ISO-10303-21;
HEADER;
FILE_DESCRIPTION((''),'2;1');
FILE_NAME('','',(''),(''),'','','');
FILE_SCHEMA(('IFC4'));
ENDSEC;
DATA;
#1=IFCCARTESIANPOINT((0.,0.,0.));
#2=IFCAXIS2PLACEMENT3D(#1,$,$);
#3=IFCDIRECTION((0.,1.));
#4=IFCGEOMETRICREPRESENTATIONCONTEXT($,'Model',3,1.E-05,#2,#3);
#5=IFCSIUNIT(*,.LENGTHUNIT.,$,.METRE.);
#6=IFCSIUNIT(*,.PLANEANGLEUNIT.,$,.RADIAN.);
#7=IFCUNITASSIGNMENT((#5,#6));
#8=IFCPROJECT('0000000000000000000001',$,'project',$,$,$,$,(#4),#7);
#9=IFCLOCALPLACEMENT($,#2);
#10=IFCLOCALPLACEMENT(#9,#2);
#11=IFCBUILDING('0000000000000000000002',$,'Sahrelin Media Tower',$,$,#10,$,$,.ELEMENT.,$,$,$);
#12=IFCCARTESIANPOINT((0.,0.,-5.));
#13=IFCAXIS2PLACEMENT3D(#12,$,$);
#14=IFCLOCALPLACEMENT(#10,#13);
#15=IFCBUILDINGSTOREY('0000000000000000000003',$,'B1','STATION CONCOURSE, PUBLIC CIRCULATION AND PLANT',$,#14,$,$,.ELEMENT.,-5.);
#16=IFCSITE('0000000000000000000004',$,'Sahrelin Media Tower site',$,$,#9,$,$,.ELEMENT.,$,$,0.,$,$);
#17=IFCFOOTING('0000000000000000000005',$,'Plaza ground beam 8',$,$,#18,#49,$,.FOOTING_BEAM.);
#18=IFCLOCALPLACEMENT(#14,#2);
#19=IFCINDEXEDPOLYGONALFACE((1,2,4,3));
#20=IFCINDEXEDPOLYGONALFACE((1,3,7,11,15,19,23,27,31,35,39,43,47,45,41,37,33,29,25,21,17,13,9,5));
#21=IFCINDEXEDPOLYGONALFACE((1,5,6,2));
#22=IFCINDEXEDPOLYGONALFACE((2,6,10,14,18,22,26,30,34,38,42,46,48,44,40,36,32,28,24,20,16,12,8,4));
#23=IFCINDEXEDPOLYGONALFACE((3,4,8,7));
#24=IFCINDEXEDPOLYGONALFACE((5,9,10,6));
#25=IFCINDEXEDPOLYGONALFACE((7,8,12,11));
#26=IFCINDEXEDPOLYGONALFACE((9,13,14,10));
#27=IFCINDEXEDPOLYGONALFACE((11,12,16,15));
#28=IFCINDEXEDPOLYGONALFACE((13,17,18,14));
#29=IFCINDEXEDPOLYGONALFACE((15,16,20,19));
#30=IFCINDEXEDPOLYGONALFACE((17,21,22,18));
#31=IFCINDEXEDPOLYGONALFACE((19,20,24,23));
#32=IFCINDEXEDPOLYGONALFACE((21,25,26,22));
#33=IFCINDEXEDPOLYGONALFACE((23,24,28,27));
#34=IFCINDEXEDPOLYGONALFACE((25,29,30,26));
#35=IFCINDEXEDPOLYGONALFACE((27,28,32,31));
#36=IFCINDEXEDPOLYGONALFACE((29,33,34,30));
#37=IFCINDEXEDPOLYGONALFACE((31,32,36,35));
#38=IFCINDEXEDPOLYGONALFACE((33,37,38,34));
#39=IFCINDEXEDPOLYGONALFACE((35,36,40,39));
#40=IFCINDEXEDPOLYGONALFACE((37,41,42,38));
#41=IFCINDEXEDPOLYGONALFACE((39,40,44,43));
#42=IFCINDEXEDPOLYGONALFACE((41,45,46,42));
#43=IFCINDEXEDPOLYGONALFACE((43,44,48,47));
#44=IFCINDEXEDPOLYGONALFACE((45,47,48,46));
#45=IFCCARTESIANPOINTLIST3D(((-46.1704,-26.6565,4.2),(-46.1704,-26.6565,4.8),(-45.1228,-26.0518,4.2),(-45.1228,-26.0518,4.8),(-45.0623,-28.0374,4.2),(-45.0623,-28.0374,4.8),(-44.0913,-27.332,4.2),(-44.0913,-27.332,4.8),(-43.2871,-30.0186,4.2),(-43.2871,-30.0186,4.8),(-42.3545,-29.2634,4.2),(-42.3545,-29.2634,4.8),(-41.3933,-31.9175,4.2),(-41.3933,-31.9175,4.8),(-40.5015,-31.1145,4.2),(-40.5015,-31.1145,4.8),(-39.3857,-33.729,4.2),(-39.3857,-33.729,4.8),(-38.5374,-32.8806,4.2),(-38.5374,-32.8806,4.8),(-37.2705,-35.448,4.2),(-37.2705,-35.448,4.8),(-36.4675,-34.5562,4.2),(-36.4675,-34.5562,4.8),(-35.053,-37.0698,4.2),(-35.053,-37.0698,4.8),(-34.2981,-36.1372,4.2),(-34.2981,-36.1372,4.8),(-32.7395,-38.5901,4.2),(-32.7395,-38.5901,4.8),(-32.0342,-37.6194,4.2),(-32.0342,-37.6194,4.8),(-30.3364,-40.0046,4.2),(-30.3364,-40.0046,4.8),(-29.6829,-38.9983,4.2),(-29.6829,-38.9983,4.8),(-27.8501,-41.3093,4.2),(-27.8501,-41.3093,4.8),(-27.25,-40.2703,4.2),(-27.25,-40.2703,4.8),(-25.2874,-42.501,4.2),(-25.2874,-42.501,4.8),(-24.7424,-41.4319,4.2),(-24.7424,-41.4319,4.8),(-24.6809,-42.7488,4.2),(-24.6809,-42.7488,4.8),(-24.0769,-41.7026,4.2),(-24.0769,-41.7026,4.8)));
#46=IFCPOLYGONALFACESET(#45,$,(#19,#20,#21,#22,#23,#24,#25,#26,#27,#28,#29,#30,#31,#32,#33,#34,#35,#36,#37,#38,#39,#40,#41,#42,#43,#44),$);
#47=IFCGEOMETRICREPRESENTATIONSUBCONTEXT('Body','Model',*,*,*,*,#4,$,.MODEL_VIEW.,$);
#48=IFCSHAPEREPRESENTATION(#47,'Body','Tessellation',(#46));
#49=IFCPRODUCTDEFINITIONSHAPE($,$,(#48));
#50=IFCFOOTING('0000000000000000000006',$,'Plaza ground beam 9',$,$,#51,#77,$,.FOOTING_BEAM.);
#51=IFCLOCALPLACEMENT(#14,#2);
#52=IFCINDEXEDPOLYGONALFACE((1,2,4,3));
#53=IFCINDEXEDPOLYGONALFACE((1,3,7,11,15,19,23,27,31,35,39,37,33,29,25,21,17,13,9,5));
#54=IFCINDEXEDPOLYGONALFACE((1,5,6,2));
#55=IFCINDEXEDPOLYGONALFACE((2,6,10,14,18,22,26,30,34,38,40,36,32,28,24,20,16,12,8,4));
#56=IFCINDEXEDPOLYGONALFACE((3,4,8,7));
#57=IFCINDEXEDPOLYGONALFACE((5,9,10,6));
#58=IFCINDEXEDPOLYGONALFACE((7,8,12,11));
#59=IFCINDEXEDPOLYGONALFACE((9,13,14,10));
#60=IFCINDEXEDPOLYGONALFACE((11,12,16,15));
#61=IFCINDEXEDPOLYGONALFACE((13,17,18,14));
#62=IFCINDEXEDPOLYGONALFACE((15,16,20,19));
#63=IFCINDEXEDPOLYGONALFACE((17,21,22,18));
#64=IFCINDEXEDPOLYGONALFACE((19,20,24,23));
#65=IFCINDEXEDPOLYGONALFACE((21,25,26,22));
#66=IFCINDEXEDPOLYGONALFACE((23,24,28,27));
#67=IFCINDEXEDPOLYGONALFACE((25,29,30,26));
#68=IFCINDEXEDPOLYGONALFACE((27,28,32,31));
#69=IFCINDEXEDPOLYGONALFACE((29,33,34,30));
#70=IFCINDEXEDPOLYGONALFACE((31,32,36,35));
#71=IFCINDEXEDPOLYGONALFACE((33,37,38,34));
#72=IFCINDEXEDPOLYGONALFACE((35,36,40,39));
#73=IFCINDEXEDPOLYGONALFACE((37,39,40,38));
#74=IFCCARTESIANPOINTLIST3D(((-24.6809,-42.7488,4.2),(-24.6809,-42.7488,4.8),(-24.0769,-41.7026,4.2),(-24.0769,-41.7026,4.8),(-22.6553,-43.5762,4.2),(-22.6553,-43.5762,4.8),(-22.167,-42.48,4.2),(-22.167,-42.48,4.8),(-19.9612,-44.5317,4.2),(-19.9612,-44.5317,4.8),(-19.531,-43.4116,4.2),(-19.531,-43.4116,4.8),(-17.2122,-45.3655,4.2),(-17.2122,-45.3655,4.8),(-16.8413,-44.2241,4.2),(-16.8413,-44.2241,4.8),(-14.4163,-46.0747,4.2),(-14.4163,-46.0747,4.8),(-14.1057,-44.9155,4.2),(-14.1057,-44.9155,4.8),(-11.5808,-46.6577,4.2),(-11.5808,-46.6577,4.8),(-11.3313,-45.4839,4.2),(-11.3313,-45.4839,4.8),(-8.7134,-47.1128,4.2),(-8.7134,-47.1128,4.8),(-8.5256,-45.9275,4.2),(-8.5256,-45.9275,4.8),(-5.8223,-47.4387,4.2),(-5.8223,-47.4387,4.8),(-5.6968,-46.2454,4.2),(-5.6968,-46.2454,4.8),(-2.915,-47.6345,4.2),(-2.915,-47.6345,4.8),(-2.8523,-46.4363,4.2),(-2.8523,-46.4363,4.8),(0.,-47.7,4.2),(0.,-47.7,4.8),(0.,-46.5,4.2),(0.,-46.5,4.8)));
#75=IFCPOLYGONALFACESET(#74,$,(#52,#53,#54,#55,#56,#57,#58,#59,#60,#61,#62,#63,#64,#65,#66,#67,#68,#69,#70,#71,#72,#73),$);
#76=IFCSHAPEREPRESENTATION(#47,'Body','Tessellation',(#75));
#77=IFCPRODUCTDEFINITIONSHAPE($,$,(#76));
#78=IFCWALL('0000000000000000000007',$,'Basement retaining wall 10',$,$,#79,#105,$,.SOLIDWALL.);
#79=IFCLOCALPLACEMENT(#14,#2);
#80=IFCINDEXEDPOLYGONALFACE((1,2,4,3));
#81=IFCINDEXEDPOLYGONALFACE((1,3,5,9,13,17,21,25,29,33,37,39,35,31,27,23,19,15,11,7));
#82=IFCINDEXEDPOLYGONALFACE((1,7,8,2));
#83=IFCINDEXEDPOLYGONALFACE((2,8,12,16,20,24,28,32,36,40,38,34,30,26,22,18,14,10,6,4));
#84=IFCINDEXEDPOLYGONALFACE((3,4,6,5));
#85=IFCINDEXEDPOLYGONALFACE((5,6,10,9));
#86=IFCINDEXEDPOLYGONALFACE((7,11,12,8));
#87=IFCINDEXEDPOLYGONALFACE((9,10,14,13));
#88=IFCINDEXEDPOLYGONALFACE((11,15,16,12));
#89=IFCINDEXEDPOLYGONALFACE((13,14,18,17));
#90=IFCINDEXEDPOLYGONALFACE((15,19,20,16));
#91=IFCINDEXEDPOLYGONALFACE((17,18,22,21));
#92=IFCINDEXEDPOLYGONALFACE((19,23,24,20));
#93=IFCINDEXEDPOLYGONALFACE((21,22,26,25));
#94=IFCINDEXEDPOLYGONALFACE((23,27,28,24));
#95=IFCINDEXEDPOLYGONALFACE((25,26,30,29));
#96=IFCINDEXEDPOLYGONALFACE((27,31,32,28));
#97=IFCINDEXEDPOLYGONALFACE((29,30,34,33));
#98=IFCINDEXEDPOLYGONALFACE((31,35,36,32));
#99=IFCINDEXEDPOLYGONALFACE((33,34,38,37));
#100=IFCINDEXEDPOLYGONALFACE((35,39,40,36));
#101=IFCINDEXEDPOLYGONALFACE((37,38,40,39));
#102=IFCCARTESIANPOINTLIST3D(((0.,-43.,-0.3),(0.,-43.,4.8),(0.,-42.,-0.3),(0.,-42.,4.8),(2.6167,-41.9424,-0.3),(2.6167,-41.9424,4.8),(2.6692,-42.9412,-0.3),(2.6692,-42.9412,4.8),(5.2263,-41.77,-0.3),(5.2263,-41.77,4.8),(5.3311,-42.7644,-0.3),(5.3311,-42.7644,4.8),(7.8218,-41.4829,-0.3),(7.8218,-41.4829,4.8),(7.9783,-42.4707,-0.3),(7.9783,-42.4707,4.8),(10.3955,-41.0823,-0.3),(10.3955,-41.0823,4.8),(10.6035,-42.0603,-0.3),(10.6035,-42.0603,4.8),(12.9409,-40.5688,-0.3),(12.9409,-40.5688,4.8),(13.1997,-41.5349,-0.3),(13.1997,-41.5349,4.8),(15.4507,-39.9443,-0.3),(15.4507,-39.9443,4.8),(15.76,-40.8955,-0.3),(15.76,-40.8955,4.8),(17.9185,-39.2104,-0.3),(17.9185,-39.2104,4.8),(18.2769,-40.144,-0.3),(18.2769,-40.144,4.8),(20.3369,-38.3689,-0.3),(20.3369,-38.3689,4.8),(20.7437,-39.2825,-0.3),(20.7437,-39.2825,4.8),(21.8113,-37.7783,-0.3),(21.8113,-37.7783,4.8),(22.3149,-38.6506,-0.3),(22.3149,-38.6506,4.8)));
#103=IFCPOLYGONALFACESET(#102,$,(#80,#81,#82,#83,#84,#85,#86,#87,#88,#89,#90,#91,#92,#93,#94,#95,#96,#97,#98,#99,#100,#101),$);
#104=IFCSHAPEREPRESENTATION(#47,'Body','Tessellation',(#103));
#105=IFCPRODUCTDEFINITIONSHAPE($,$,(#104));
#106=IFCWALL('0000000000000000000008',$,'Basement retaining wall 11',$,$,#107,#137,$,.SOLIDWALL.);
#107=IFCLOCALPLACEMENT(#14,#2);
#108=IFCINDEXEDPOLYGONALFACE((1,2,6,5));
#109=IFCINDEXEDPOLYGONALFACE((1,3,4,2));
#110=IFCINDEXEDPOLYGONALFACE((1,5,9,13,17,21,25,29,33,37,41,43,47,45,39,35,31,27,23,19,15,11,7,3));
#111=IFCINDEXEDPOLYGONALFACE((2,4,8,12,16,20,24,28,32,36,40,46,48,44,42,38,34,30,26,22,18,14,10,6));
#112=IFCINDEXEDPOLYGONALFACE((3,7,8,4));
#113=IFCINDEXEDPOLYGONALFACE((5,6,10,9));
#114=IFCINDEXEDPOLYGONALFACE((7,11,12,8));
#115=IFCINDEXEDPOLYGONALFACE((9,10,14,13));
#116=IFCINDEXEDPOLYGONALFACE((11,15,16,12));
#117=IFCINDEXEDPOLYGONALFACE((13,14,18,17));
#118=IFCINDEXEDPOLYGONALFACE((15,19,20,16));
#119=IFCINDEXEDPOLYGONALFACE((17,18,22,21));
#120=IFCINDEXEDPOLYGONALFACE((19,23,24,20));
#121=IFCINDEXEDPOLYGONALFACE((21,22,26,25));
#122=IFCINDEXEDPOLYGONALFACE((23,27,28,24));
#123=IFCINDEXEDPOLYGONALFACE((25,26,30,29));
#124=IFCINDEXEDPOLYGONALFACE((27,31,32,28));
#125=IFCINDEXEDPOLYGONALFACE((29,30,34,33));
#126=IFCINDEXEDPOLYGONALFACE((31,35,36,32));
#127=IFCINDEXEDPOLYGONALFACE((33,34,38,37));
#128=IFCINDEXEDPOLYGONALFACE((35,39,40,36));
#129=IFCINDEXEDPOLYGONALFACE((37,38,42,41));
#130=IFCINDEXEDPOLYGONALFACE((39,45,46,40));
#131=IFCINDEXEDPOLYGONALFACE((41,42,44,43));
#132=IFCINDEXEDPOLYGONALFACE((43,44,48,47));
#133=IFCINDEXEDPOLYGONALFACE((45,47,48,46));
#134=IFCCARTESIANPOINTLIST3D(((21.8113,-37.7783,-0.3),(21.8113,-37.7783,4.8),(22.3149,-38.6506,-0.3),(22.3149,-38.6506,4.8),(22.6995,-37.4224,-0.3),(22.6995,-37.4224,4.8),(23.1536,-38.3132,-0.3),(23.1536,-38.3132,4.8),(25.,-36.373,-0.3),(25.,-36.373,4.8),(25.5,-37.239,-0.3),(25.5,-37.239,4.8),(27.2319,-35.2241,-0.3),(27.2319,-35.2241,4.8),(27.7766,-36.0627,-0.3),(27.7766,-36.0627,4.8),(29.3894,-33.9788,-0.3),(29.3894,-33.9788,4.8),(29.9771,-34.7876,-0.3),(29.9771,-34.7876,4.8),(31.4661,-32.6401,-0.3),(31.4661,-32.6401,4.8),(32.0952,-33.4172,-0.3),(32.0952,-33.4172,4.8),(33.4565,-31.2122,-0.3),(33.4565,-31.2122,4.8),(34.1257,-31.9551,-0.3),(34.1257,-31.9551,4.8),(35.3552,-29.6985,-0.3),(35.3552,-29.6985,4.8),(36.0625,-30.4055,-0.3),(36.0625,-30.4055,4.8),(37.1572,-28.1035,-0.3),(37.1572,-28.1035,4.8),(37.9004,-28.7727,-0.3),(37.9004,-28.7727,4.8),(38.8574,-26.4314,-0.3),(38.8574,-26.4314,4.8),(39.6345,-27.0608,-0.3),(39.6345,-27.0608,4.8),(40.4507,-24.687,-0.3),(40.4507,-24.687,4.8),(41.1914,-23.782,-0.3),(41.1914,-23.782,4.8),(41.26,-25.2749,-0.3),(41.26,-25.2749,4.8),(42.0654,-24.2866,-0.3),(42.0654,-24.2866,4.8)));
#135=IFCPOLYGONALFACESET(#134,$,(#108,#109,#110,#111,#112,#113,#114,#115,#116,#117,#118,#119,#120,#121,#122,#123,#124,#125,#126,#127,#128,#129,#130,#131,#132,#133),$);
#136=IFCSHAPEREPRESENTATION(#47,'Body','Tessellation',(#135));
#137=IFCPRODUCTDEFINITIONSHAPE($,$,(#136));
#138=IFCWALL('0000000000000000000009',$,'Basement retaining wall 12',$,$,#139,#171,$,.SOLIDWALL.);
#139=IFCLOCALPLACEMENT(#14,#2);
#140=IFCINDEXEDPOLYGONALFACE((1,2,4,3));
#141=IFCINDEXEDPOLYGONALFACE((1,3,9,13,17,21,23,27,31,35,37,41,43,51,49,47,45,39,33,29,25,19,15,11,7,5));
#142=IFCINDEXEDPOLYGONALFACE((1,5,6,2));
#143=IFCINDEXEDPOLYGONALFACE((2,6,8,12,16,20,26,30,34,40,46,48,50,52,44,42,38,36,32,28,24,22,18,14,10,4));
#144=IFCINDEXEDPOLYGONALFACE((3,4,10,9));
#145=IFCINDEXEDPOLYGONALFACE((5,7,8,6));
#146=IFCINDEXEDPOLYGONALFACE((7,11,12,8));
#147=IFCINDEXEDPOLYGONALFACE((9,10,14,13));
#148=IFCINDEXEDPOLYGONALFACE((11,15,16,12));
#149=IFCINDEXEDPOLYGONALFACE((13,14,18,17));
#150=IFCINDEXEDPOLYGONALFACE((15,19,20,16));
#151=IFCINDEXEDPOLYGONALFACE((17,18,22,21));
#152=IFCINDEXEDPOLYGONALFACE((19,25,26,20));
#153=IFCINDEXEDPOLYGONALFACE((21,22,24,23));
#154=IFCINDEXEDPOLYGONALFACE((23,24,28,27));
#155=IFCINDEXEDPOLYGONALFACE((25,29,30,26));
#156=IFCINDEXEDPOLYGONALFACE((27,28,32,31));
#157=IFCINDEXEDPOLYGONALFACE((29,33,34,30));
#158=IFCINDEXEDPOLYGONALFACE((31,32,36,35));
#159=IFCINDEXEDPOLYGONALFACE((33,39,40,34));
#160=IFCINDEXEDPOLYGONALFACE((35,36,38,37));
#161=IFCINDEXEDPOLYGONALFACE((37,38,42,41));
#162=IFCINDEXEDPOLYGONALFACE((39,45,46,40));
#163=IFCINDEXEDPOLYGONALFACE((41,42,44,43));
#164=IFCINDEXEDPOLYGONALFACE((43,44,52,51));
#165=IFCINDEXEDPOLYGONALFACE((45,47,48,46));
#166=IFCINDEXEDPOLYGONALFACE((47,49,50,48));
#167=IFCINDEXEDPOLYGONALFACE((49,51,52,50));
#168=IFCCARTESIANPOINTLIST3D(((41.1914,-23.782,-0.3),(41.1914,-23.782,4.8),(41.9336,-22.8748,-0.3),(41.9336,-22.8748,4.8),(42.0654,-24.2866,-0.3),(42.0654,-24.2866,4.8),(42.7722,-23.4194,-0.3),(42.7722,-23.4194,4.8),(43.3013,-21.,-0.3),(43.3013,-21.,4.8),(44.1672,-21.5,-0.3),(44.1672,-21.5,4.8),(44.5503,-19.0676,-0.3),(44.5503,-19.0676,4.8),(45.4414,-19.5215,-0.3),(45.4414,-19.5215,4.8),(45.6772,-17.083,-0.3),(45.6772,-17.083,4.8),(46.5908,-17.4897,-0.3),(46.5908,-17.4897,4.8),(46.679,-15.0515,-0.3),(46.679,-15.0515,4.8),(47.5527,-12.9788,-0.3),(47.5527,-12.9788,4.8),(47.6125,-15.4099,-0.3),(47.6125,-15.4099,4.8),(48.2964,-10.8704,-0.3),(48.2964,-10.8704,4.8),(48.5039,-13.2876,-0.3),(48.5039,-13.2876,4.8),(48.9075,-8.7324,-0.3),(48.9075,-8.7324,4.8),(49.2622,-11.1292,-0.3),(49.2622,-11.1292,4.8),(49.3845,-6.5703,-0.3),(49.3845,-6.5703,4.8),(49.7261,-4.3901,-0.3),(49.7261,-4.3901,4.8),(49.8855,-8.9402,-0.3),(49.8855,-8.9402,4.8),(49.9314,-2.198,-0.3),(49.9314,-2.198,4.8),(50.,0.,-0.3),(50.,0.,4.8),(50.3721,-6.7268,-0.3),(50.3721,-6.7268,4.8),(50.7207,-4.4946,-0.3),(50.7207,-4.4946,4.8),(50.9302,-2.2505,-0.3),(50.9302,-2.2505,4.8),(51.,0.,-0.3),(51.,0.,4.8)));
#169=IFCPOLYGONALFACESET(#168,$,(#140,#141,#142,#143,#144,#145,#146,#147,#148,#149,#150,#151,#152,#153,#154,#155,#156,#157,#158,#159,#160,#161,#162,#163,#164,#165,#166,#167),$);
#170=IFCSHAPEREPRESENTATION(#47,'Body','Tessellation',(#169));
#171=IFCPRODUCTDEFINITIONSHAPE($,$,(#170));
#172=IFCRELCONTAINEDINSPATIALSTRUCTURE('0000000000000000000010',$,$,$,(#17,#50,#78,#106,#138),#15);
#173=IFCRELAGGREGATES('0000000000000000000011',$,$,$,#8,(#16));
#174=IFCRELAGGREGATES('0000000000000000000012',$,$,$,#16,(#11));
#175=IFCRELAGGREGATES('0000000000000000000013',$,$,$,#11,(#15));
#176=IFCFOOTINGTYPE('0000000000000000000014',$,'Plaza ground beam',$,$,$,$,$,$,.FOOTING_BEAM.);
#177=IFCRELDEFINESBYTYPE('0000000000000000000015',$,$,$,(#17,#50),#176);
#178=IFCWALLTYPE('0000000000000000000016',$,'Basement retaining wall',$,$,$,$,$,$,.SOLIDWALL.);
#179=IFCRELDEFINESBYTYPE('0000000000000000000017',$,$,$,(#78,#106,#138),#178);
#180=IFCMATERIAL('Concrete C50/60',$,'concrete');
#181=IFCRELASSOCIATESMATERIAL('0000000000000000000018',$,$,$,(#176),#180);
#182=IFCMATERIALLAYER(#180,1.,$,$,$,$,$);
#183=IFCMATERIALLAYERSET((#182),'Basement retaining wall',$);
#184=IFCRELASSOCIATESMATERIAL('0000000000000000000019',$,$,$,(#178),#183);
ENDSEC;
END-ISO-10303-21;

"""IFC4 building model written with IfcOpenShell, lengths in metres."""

from ifc_helpers import new_model, si_unit, direction, frame, origin, place, context, subcontext, project, spatial, polyline, outline, extrude, material, layer, layer_set, type_object, element, save


model = new_model("IFC4")

# Units and contexts
model_context = context("Model", 3, precision=1e-05, world=origin(), true_north=direction((0.0, 1.0)))
body_context = subcontext(model_context, "Body", "Model", "MODEL_VIEW")
ifc_project = project(units=[si_unit("LENGTHUNIT", "METRE"), si_unit("PLANEANGLEUNIT", "RADIAN")], contexts=[model_context])

# Site, building, storey
site_placement = place(None, origin())
site = spatial("IfcSite", under=ifc_project, at=site_placement, Name="Sahrelin Media Tower site", CompositionType="ELEMENT", RefElevation=0.0)
building_placement = place(site_placement, origin())
building = spatial("IfcBuilding", under=site, at=building_placement, Name="Sahrelin Media Tower", CompositionType="ELEMENT")
storey_placement = place(building_placement, frame((0.0, 0.0, -5.0)))
storey = spatial("IfcBuildingStorey", under=building, at=storey_placement, Name="B1", Description="STATION CONCOURSE, PUBLIC CIRCULATION AND PLANT", CompositionType="ELEMENT", Elevation=-5.0)

# Footings
ifc_material_1 = material(Name="Concrete C50/60", Category="concrete")
footing_type = type_object("IfcFootingType", Name="Plaza ground beam", PredefinedType="FOOTING_BEAM", material=ifc_material_1)
placement_1 = place(storey_placement, frame((0.0, 0.0, 4.2)))
element("IfcFooting", 1, at=placement_1, inside=storey, type_object=footing_type, Name="Plaza ground beam 8", PredefinedType="FOOTING_BEAM", context=body_context, shape_type="SweptSolid", body=[
    extrude(outline(polyline([(-24.6809, -42.7488), (-24.0769, -41.7026), (-24.7424, -41.4319), (-27.25, -40.2703), (-29.6829, -38.9983), (-32.0342, -37.6194), (-34.2981, -36.1372), (-36.4675, -34.5562), (-38.5374, -32.8806), (-40.5015, -31.1145), (-42.3545, -29.2634), (-44.0913, -27.332), (-45.1228, -26.0518), (-46.1704, -26.6565), (-45.0623, -28.0374), (-43.2871, -30.0186), (-41.3933, -31.9175), (-39.3857, -33.729), (-37.2705, -35.448), (-35.053, -37.0698), (-32.7395, -38.5901), (-30.3364, -40.0046), (-27.8501, -41.3093), (-25.2874, -42.501), (-24.6809, -42.7488)])), origin(), (0.0, 0.0, 1.0), 0.6001),
])
element("IfcFooting", 2, at=placement_1, inside=storey, type_object=footing_type, Name="Plaza ground beam 9", PredefinedType="FOOTING_BEAM", context=body_context, shape_type="SweptSolid", body=[
    extrude(outline(polyline([(0.0, -47.7), (0.0, -46.5), (0.0, -46.5), (-2.8523, -46.4363), (-5.6968, -46.2454), (-8.5256, -45.9275), (-11.3313, -45.4839), (-14.1057, -44.9155), (-16.8413, -44.2241), (-19.531, -43.4116), (-22.167, -42.48), (-24.0769, -41.7026), (-24.6809, -42.7488), (-22.6553, -43.5762), (-19.9612, -44.5317), (-17.2122, -45.3655), (-14.4163, -46.0747), (-11.5808, -46.6577), (-8.7134, -47.1128), (-5.8223, -47.4387), (-2.915, -47.6345), (0.0, -47.7), (0.0, -47.7)])), origin(), (0.0, 0.0, 1.0), 0.6001),
])

# Walls
ifc_layer_1 = layer(ifc_material_1, 1.0)
ifc_layer_set_1 = layer_set([ifc_layer_1], Name="Basement retaining wall")
wall_type_1 = type_object("IfcWallType", Name="Basement retaining wall", PredefinedType="SOLIDWALL", material=ifc_layer_set_1)
placement_2 = place(storey_placement, frame((0.0, 0.0, -0.3)))
element("IfcWall", 3, at=placement_2, inside=storey, type_object=wall_type_1, Name="Basement retaining wall 10", PredefinedType="SOLIDWALL", context=body_context, shape_type="SweptSolid", body=[
    extrude(outline(polyline([(22.3149, -38.6506), (21.8113, -37.7783), (20.3369, -38.3689), (17.9185, -39.2104), (15.4507, -39.9443), (12.9409, -40.5688), (10.3955, -41.0823), (7.8218, -41.4829), (5.2263, -41.77), (2.6167, -41.9424), (0.0, -42.0), (0.0, -42.0), (0.0, -43.0), (0.0, -43.0), (2.6692, -42.9412), (5.3311, -42.7644), (7.9783, -42.4707), (10.6035, -42.0603), (13.1997, -41.5349), (15.76, -40.8955), (18.2769, -40.144), (20.7437, -39.2825), (22.3149, -38.6506)])), origin(), (0.0, 0.0, 1.0), 5.1001),
])
element("IfcWall", 4, at=placement_2, inside=storey, type_object=wall_type_1, Name="Basement retaining wall 11", PredefinedType="SOLIDWALL", context=body_context, shape_type="SweptSolid", body=[
    extrude(outline(polyline([(42.0654, -24.2866), (41.1914, -23.782), (40.4507, -24.687), (38.8574, -26.4314), (37.1572, -28.1035), (35.3552, -29.6985), (33.4565, -31.2122), (31.4661, -32.6401), (29.3894, -33.9788), (27.2319, -35.2241), (25.0, -36.373), (22.6995, -37.4224), (21.8113, -37.7783), (22.3149, -38.6506), (23.1536, -38.3132), (25.5, -37.239), (27.7766, -36.0627), (29.9771, -34.7876), (32.0952, -33.4172), (34.1257, -31.9551), (36.0625, -30.4055), (37.9004, -28.7727), (39.6345, -27.0608), (41.26, -25.2749), (42.0654, -24.2866)])), origin(), (0.0, 0.0, 1.0), 5.1001),
])
element("IfcWall", 5, at=placement_2, inside=storey, type_object=wall_type_1, Name="Basement retaining wall 12", PredefinedType="SOLIDWALL", context=body_context, shape_type="SweptSolid", body=[
    extrude(outline(polyline([(50.9302, -2.2505), (51.0, 0.0), (50.0, 0.0), (49.9314, -2.198), (49.7261, -4.3901), (49.3845, -6.5703), (48.9075, -8.7324), (48.2964, -10.8704), (47.5527, -12.9788), (46.679, -15.0515), (45.6772, -17.083), (44.5503, -19.0676), (43.3013, -21.0), (41.9336, -22.8748), (41.1914, -23.782), (42.0654, -24.2866), (42.7722, -23.4194), (44.1672, -21.5), (45.4414, -19.5215), (46.5908, -17.4897), (47.6125, -15.4099), (48.5039, -13.2876), (49.2622, -11.1292), (49.8855, -8.9402), (50.3721, -6.7268), (50.7207, -4.4946), (50.9302, -2.2505)])), origin(), (0.0, 0.0, 1.0), 5.1001),
])

save(model, "model.ifc")
